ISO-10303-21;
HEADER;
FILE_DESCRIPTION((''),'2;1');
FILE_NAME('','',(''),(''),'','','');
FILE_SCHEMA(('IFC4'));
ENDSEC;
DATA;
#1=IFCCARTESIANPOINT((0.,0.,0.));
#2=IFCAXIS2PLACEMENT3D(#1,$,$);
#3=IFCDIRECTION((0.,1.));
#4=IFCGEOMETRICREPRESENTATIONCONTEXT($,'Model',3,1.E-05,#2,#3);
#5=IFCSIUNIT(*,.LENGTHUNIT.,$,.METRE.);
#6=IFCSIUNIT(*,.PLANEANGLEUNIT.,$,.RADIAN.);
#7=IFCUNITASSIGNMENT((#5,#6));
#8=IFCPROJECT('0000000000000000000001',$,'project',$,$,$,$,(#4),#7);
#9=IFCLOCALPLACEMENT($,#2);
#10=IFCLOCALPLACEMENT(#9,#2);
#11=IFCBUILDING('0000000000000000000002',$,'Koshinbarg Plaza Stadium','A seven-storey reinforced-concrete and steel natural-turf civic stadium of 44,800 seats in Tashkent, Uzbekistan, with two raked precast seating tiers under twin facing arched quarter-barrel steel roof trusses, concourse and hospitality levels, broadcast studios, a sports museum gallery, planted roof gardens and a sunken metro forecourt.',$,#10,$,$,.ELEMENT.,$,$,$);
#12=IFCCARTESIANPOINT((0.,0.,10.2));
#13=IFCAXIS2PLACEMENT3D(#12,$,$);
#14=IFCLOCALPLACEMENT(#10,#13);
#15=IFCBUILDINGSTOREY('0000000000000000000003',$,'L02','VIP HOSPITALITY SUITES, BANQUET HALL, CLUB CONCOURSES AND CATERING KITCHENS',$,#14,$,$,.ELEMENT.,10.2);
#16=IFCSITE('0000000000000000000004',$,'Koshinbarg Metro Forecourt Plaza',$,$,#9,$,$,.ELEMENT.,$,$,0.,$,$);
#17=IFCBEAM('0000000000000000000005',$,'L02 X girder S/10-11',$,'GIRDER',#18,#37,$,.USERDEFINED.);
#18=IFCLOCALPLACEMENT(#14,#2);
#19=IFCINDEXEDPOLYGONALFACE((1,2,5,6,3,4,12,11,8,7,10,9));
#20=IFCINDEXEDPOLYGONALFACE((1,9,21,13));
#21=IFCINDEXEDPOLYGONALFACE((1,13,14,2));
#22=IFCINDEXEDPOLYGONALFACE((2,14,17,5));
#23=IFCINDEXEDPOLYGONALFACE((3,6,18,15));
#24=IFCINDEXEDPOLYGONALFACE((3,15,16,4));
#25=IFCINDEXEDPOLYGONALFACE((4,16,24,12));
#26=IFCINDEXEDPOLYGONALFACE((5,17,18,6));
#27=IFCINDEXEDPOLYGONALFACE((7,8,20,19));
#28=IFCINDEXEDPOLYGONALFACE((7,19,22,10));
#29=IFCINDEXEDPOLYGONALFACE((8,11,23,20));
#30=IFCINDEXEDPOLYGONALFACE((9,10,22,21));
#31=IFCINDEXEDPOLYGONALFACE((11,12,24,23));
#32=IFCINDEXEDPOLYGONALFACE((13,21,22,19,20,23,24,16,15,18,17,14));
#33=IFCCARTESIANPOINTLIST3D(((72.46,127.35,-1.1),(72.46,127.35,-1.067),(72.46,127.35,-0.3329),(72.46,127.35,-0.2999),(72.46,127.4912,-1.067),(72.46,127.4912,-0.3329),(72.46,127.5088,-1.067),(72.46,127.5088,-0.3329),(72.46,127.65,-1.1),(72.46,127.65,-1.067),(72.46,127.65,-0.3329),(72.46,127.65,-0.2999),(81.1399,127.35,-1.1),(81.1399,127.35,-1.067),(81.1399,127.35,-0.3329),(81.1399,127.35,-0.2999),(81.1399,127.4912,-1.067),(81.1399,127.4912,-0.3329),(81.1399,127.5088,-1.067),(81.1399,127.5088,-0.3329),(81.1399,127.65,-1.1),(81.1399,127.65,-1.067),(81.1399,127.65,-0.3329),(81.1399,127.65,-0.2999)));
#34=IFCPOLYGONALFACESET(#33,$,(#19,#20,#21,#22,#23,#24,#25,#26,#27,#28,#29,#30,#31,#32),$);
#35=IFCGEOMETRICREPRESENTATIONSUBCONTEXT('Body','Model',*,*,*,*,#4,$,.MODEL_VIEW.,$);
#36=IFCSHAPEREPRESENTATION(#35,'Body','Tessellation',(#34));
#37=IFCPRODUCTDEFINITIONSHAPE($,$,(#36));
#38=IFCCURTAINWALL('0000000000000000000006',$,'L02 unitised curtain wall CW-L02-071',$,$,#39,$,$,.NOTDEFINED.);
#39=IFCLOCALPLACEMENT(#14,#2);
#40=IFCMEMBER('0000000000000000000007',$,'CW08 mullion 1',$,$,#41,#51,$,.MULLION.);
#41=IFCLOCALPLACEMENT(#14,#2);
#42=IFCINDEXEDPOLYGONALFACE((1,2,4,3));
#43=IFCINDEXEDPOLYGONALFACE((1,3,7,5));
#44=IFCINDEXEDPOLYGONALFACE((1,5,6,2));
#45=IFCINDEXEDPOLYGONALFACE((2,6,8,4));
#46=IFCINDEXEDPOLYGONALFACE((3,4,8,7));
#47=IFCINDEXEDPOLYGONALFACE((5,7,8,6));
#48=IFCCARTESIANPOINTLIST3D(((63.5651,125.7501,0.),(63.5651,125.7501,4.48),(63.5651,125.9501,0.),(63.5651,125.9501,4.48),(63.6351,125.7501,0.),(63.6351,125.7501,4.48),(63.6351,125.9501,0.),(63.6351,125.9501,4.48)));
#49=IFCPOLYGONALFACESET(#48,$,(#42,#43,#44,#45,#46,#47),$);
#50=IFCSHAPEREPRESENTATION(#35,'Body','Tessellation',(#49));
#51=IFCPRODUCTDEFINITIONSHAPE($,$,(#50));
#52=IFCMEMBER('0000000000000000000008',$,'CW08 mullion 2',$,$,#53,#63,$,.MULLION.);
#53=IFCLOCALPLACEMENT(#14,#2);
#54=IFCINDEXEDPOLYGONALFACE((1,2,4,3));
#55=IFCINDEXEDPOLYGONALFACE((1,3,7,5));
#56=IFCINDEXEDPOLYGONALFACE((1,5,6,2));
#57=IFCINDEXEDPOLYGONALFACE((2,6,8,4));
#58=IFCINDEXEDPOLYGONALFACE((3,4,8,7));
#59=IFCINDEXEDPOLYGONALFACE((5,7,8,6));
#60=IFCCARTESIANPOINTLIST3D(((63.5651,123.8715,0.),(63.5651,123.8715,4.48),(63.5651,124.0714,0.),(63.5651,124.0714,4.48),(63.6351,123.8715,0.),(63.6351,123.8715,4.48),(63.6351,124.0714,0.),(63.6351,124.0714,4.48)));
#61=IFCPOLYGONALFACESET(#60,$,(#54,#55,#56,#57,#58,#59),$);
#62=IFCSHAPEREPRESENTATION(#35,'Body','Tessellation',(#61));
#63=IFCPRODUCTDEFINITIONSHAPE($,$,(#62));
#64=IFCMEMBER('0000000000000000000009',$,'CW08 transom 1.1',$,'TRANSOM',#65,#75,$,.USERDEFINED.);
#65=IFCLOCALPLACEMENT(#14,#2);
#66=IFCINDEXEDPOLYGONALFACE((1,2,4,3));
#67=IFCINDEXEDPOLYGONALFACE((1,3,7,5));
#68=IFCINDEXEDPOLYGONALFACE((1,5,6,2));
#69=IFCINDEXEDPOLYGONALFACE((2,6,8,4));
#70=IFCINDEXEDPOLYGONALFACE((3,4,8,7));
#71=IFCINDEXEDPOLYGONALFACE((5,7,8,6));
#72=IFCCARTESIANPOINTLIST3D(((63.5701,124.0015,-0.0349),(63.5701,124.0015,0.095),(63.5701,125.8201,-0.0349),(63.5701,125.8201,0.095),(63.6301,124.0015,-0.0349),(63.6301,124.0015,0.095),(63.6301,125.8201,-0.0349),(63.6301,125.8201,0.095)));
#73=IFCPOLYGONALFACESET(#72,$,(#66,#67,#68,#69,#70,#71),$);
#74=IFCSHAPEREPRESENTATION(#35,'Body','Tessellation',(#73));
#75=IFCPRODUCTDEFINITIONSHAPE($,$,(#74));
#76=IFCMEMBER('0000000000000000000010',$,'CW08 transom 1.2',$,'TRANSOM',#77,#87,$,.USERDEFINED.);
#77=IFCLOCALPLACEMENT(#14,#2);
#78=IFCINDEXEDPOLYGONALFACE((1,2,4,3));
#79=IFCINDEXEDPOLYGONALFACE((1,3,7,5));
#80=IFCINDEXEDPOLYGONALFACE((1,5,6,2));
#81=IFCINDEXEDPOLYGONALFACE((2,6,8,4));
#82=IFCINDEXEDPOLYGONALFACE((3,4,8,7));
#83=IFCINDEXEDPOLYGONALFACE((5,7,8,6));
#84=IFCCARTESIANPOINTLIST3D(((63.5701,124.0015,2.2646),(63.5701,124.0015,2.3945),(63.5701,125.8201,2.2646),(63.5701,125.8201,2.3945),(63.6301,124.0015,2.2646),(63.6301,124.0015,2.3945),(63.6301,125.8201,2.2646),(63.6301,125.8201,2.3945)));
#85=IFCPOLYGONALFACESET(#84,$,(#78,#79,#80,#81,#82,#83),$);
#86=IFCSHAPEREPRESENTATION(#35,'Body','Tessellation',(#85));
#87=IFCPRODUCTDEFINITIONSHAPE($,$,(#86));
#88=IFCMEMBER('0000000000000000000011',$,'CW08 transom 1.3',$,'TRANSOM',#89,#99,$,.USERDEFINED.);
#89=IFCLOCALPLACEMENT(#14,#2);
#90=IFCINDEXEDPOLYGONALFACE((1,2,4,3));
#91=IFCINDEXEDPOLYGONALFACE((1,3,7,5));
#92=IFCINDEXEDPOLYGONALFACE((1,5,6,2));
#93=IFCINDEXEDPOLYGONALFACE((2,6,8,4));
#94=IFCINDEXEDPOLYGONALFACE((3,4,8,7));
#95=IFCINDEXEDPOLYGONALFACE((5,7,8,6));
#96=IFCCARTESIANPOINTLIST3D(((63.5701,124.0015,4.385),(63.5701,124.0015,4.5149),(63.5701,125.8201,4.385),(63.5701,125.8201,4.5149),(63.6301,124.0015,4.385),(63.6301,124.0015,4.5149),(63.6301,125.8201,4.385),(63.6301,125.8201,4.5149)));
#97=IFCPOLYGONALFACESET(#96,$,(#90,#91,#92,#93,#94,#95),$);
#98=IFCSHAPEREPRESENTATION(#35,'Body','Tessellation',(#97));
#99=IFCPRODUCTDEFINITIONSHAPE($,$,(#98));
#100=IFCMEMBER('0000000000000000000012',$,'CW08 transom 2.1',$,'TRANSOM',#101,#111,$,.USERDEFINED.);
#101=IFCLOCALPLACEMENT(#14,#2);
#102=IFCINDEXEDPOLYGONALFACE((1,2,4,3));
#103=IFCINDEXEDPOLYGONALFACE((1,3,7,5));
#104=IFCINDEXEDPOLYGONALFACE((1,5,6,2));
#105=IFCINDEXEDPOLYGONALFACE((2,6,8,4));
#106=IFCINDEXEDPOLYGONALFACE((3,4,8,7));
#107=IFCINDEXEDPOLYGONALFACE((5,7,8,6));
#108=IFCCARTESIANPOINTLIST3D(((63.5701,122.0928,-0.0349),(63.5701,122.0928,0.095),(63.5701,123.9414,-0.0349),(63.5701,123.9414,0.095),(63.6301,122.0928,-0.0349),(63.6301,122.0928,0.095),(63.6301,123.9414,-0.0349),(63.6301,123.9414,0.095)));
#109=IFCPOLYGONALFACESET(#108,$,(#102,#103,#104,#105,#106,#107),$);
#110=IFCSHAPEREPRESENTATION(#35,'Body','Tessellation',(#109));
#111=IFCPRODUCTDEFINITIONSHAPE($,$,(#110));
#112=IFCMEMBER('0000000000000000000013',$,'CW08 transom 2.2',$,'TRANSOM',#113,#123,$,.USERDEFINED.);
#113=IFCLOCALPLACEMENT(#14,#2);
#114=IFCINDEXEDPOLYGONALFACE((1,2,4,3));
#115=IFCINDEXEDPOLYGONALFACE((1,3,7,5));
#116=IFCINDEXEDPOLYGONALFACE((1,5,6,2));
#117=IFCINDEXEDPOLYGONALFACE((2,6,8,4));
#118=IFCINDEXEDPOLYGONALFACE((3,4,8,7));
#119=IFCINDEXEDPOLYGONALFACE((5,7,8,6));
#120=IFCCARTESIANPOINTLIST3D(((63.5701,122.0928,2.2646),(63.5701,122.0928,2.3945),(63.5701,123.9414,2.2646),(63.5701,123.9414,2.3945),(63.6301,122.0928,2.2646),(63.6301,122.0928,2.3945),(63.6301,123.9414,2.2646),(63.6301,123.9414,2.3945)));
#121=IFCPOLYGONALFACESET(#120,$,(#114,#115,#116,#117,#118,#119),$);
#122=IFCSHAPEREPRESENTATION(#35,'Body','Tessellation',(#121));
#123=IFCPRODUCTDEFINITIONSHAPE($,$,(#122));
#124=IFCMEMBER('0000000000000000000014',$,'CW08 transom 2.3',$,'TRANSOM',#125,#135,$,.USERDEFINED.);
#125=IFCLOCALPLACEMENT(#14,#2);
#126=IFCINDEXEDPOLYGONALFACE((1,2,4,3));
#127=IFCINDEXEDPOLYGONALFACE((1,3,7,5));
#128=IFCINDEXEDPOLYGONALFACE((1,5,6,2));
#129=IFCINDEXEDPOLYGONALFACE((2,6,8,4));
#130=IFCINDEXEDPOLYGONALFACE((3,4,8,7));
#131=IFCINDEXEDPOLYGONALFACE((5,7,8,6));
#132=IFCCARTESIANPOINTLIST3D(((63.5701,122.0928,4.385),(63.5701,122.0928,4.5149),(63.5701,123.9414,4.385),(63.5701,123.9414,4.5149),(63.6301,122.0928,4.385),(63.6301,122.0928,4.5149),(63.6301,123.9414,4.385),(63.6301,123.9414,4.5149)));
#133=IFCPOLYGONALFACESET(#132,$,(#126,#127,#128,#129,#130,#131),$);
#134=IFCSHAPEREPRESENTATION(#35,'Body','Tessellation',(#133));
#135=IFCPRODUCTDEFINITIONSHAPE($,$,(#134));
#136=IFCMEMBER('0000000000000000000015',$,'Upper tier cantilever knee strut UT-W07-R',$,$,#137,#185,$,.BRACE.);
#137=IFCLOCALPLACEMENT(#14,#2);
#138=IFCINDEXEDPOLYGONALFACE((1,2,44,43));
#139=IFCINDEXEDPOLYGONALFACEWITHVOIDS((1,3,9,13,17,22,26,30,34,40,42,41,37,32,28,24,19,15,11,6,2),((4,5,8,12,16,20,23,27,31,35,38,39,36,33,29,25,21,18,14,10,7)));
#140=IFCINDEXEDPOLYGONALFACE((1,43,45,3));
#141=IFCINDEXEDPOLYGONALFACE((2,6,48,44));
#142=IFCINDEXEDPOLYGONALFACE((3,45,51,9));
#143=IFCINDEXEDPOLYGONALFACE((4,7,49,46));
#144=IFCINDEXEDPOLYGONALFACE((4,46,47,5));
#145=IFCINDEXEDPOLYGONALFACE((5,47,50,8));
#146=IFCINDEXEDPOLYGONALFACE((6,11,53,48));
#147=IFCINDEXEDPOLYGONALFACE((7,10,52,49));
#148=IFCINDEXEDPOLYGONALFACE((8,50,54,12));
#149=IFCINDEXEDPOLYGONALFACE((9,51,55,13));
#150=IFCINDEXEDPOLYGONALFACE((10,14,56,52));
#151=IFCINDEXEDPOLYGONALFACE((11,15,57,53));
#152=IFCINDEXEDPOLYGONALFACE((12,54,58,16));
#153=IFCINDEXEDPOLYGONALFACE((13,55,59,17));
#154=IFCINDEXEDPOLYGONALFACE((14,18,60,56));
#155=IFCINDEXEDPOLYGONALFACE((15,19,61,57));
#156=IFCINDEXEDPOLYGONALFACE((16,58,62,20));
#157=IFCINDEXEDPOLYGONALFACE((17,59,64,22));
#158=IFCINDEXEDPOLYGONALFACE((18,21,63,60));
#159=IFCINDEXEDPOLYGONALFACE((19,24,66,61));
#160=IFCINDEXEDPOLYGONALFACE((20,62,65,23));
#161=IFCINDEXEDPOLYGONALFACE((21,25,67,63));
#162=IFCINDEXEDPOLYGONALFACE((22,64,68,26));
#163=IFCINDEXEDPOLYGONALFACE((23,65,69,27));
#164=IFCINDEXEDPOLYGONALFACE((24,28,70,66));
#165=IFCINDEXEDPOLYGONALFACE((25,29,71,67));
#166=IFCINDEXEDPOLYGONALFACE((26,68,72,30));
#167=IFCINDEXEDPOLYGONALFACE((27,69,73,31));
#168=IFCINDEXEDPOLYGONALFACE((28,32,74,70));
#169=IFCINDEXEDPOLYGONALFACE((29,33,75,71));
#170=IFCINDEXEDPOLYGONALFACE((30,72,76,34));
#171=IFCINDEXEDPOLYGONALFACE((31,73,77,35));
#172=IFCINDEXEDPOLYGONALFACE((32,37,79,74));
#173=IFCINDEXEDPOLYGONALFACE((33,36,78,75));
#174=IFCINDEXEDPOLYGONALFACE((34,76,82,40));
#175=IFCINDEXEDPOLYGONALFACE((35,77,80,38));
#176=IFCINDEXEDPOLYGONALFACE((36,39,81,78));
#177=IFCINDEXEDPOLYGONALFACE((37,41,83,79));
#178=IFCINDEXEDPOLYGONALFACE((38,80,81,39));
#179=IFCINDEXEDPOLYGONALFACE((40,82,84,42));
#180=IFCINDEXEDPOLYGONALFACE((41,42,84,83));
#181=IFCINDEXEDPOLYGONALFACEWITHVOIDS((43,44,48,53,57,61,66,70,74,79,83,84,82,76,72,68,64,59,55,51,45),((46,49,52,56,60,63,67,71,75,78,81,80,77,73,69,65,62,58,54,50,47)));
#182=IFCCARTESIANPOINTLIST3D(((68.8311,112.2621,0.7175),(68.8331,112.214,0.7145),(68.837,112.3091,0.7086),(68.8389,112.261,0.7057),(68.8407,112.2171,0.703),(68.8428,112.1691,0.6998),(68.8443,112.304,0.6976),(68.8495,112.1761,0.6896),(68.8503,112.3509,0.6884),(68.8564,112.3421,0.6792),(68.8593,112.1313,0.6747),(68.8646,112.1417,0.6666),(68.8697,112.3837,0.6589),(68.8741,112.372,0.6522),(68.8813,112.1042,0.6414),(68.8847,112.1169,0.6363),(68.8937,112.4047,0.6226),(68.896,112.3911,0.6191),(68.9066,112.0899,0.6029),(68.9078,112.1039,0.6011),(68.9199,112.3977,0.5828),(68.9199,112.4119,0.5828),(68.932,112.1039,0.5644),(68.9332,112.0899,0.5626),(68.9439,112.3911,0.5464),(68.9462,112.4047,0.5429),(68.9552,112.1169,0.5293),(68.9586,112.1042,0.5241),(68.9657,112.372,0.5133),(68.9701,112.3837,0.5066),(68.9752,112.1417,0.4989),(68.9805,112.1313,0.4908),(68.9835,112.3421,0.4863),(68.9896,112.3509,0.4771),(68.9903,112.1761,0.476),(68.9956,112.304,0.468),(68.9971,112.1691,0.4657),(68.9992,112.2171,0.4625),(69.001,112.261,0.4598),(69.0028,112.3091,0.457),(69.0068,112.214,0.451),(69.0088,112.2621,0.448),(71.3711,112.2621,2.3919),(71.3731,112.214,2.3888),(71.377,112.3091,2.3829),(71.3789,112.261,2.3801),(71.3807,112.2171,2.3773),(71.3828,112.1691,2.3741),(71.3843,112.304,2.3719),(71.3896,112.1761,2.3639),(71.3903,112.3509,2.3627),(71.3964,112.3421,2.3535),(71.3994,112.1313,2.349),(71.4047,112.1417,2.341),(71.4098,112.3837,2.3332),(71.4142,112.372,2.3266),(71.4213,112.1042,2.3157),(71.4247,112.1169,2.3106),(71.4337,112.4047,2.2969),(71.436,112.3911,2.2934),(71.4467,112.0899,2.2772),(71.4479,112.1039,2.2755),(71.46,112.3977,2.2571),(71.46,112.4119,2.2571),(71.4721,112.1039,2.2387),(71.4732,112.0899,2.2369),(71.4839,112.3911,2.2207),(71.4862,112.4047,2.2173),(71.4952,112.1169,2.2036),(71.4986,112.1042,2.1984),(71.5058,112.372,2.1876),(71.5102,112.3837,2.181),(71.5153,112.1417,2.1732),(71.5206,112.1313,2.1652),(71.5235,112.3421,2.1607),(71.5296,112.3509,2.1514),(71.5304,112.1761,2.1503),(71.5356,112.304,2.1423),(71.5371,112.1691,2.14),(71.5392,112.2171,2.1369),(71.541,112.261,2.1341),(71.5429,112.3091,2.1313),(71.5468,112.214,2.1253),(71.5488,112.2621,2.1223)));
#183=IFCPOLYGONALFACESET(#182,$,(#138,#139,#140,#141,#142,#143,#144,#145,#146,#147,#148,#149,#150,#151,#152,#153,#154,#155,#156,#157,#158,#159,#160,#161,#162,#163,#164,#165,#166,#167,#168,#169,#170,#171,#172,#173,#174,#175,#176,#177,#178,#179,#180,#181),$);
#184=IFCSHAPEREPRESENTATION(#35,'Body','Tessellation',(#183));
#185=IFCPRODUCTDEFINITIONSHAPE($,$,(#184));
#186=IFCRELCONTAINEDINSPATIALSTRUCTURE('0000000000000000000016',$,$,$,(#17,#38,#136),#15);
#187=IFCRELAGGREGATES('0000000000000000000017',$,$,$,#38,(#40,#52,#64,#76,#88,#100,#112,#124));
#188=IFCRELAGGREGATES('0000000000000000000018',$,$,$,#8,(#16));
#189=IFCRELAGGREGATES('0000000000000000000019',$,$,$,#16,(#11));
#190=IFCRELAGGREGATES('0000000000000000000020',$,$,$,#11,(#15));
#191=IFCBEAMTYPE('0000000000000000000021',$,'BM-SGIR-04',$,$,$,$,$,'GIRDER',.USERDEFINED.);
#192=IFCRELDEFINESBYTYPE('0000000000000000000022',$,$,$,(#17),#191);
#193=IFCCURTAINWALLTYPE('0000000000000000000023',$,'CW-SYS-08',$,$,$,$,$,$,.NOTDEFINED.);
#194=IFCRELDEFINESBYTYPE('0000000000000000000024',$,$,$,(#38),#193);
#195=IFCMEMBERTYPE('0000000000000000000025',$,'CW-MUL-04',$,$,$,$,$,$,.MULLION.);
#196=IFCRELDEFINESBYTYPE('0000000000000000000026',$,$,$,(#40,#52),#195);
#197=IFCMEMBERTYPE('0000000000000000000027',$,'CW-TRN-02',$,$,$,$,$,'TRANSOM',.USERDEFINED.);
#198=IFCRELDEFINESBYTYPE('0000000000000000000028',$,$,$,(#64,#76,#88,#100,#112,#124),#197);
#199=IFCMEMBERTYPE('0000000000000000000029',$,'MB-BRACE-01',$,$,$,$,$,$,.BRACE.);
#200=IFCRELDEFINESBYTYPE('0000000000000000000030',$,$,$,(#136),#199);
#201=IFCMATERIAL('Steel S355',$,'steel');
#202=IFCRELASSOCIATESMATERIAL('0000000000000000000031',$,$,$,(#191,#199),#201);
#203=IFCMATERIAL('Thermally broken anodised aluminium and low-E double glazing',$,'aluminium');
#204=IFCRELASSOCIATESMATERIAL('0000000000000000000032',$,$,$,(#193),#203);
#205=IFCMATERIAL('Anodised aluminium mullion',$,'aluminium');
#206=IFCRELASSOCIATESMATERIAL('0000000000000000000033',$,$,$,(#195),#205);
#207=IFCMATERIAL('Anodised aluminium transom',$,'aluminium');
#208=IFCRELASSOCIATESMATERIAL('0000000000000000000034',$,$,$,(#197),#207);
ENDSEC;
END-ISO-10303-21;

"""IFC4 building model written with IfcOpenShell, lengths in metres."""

from ifc_helpers import new_model, si_unit, direction, frame, origin, origin_2d, place, context, subcontext, project, spatial, rectangle, hollow_circle, i_section, extrude, material, material_profile, profile_set, type_object, element, aggregate, save


model = new_model("IFC4")

# Units and contexts
model_context = context("Model", 3, precision=1e-05, world=origin(), true_north=direction((0.0, 1.0)))
body_context = subcontext(model_context, "Body", "Model", "MODEL_VIEW")
ifc_project = project(units=[si_unit("LENGTHUNIT", "METRE"), si_unit("PLANEANGLEUNIT", "RADIAN")], contexts=[model_context])

# Site, building, storey
site_placement = place(None, origin())
site = spatial("IfcSite", under=ifc_project, at=site_placement, Name="Koshinbarg Metro Forecourt Plaza", CompositionType="ELEMENT", RefElevation=0.0)
building_placement = place(site_placement, origin())
building = spatial("IfcBuilding", under=site, at=building_placement, Name="Koshinbarg Plaza Stadium", Description="A seven-storey reinforced-concrete and steel natural-turf civic stadium of 44,800 seats in Tashkent, Uzbekistan, with two raked precast seating tiers under twin facing arched quarter-barrel steel roof trusses, concourse and hospitality levels, broadcast studios, a sports museum gallery, planted roof gardens and a sunken metro forecourt.", CompositionType="ELEMENT")
storey_placement = place(building_placement, frame((0.0, 0.0, 10.2)))
storey = spatial("IfcBuildingStorey", under=building, at=storey_placement, Name="L02", Description="VIP HOSPITALITY SUITES, BANQUET HALL, CLUB CONCOURSES AND CATERING KITCHENS", CompositionType="ELEMENT", Elevation=10.2)

# Beam
ifc_material_1 = material(Name="Steel S355", Category="steel")
ifc_material_profile_1 = material_profile(ifc_material_1, i_section(OverallWidth=0.3, OverallDepth=0.8, WebThickness=0.0176, FlangeThickness=0.033, at=origin_2d()), Name="HEB 800")
ifc_profile_set_1 = profile_set([ifc_material_profile_1], Name="Steel S355")
beam_type_1 = type_object("IfcBeamType", Name="BM-SGIR-04", ElementType="GIRDER", PredefinedType="USERDEFINED", material=ifc_profile_set_1)
beam_1_placement = place(storey_placement, frame((72.46, 127.5, -0.7), z_axis=(1.0, 0.0, 0.0), x_axis=(0.0, 1.0, 0.0)))
element("IfcBeam", 1, at=beam_1_placement, inside=storey, type_object=beam_type_1, Name="L02 X girder S/10-11", ObjectType="GIRDER", PredefinedType="USERDEFINED", context=body_context, shape_type="SweptSolid", body=[
    extrude(i_section(OverallWidth=0.3, OverallDepth=0.8, WebThickness=0.0176, FlangeThickness=0.033, at=origin_2d()), origin(), (0.0, 0.0, 1.0), 8.6799),
])

# Curtain wall, members
ifc_material_2 = material(Name="Thermally broken anodised aluminium and low-E double glazing", Category="aluminium")
curtain_wall_type = type_object("IfcCurtainWallType", Name="CW-SYS-08", PredefinedType="NOTDEFINED", material=ifc_material_2)
curtain_wall_placement = place(storey_placement, origin())
curtain_wall = element("IfcCurtainWall", 2, at=curtain_wall_placement, inside=storey, type_object=curtain_wall_type, Name="L02 unitised curtain wall CW-L02-071", PredefinedType="NOTDEFINED")
ifc_material_3 = material(Name="Anodised aluminium mullion", Category="aluminium")
ifc_material_profile_2 = material_profile(ifc_material_3, rectangle(XDim=0.0701, YDim=0.2, at=origin_2d()), Name="ALU 70x200")
ifc_profile_set_2 = profile_set([ifc_material_profile_2], Name="Anodised aluminium mullion")
member_type_1 = type_object("IfcMemberType", Name="CW-MUL-04", PredefinedType="MULLION", material=ifc_profile_set_2)
member_1_placement = place(storey_placement, frame((63.6001, 125.8501, 0.0), z_axis=(0.0, 0.0, 1.0), x_axis=(1.0, 0.0, 0.0)))
member_1 = element("IfcMember", 3, at=member_1_placement, type_object=member_type_1, Name="CW08 mullion 1", PredefinedType="MULLION", context=body_context, shape_type="SweptSolid", body=[
    extrude(rectangle(XDim=0.0701, YDim=0.2, at=origin_2d()), origin(), (0.0, 0.0, 1.0), 4.48),
])
member_2_placement = place(storey_placement, frame((63.6001, 123.9714, 0.0), z_axis=(0.0, 0.0, 1.0), x_axis=(1.0, 0.0, 0.0)))
member_2 = element("IfcMember", 4, at=member_2_placement, type_object=member_type_1, Name="CW08 mullion 2", PredefinedType="MULLION", context=body_context, shape_type="SweptSolid", body=[
    extrude(rectangle(XDim=0.0701, YDim=0.2, at=origin_2d()), origin(), (0.0, 0.0, 1.0), 4.48),
])
ifc_material_4 = material(Name="Anodised aluminium transom", Category="aluminium")
ifc_material_profile_3 = material_profile(ifc_material_4, rectangle(XDim=0.0601, YDim=0.1299, at=origin_2d()), Name="ALU 60x130")
ifc_profile_set_3 = profile_set([ifc_material_profile_3], Name="Anodised aluminium transom")
member_type_2 = type_object("IfcMemberType", Name="CW-TRN-02", ElementType="TRANSOM", PredefinedType="USERDEFINED", material=ifc_profile_set_3)
member_3_placement = place(storey_placement, frame((63.6001, 125.8201, 0.03), z_axis=(0.0, -1.0, 0.0), x_axis=(1.0, 0.0, 0.0)))
member_3 = element("IfcMember", 5, at=member_3_placement, type_object=member_type_2, Name="CW08 transom 1.1", ObjectType="TRANSOM", PredefinedType="USERDEFINED", context=body_context, shape_type="SweptSolid", body=[
    extrude(rectangle(XDim=0.0601, YDim=0.1299, at=origin_2d()), origin(), (0.0, 0.0, 1.0), 1.8186),
])
member_4_placement = place(storey_placement, frame((63.6001, 125.8201, 2.3296), z_axis=(0.0, -1.0, 0.0), x_axis=(1.0, 0.0, 0.0)))
member_4 = element("IfcMember", 6, at=member_4_placement, type_object=member_type_2, Name="CW08 transom 1.2", ObjectType="TRANSOM", PredefinedType="USERDEFINED", context=body_context, shape_type="SweptSolid", body=[
    extrude(rectangle(XDim=0.0601, YDim=0.1299, at=origin_2d()), origin(), (0.0, 0.0, 1.0), 1.8186),
])
member_5_placement = place(storey_placement, frame((63.6001, 125.8201, 4.45), z_axis=(0.0, -1.0, 0.0), x_axis=(1.0, 0.0, 0.0)))
member_5 = element("IfcMember", 7, at=member_5_placement, type_object=member_type_2, Name="CW08 transom 1.3", ObjectType="TRANSOM", PredefinedType="USERDEFINED", context=body_context, shape_type="SweptSolid", body=[
    extrude(rectangle(XDim=0.0601, YDim=0.1299, at=origin_2d()), origin(), (0.0, 0.0, 1.0), 1.8186),
])
member_6_placement = place(storey_placement, frame((63.6001, 123.9414, 0.03), z_axis=(0.0, -1.0, 0.0), x_axis=(1.0, 0.0, 0.0)))
member_6 = element("IfcMember", 8, at=member_6_placement, type_object=member_type_2, Name="CW08 transom 2.1", ObjectType="TRANSOM", PredefinedType="USERDEFINED", context=body_context, shape_type="SweptSolid", body=[
    extrude(rectangle(XDim=0.0601, YDim=0.1299, at=origin_2d()), origin(), (0.0, 0.0, 1.0), 1.8486),
])
member_7_placement = place(storey_placement, frame((63.6001, 123.9414, 2.3296), z_axis=(0.0, -1.0, 0.0), x_axis=(1.0, 0.0, 0.0)))
member_7 = element("IfcMember", 9, at=member_7_placement, type_object=member_type_2, Name="CW08 transom 2.2", ObjectType="TRANSOM", PredefinedType="USERDEFINED", context=body_context, shape_type="SweptSolid", body=[
    extrude(rectangle(XDim=0.0601, YDim=0.1299, at=origin_2d()), origin(), (0.0, 0.0, 1.0), 1.8486),
])
member_8_placement = place(storey_placement, frame((63.6001, 123.9414, 4.45), z_axis=(0.0, -1.0, 0.0), x_axis=(1.0, 0.0, 0.0)))
member_8 = element("IfcMember", 10, at=member_8_placement, type_object=member_type_2, Name="CW08 transom 2.3", ObjectType="TRANSOM", PredefinedType="USERDEFINED", context=body_context, shape_type="SweptSolid", body=[
    extrude(rectangle(XDim=0.0601, YDim=0.1299, at=origin_2d()), origin(), (0.0, 0.0, 1.0), 1.8486),
])

# Member
ifc_material_profile_4 = material_profile(ifc_material_1, hollow_circle(Radius=0.1619, WallThickness=0.0142, at=origin_2d()), Name="CHS 323.9x14.2")
ifc_profile_set_4 = profile_set([ifc_material_profile_4], Name="Steel S355")
member_type_3 = type_object("IfcMemberType", Name="MB-BRACE-01", PredefinedType="BRACE", material=ifc_profile_set_4)
for number, where, z_axis, x_axis, name in (
    (11, (68.9199, 112.25, 0.5828), (0.834928, 0.0, 0.550359), (0.0, 1.0, 0.0), "Upper tier cantilever knee strut UT-W07-R"),
):
    element("IfcMember", number, at=place(storey_placement, frame(where, z_axis=z_axis, x_axis=x_axis)), inside=storey, type_object=member_type_3, Name=name, PredefinedType="BRACE", context=body_context, shape_type="SweptSolid", body=[
        extrude(hollow_circle(Radius=0.1619, WallThickness=0.0142, at=origin_2d()), origin(), (0.0, 0.0, 1.0), 3.0422),
    ])

aggregate(curtain_wall, [member_1, member_2, member_3, member_4, member_5, member_6, member_7, member_8])

save(model, "model.ifc")
